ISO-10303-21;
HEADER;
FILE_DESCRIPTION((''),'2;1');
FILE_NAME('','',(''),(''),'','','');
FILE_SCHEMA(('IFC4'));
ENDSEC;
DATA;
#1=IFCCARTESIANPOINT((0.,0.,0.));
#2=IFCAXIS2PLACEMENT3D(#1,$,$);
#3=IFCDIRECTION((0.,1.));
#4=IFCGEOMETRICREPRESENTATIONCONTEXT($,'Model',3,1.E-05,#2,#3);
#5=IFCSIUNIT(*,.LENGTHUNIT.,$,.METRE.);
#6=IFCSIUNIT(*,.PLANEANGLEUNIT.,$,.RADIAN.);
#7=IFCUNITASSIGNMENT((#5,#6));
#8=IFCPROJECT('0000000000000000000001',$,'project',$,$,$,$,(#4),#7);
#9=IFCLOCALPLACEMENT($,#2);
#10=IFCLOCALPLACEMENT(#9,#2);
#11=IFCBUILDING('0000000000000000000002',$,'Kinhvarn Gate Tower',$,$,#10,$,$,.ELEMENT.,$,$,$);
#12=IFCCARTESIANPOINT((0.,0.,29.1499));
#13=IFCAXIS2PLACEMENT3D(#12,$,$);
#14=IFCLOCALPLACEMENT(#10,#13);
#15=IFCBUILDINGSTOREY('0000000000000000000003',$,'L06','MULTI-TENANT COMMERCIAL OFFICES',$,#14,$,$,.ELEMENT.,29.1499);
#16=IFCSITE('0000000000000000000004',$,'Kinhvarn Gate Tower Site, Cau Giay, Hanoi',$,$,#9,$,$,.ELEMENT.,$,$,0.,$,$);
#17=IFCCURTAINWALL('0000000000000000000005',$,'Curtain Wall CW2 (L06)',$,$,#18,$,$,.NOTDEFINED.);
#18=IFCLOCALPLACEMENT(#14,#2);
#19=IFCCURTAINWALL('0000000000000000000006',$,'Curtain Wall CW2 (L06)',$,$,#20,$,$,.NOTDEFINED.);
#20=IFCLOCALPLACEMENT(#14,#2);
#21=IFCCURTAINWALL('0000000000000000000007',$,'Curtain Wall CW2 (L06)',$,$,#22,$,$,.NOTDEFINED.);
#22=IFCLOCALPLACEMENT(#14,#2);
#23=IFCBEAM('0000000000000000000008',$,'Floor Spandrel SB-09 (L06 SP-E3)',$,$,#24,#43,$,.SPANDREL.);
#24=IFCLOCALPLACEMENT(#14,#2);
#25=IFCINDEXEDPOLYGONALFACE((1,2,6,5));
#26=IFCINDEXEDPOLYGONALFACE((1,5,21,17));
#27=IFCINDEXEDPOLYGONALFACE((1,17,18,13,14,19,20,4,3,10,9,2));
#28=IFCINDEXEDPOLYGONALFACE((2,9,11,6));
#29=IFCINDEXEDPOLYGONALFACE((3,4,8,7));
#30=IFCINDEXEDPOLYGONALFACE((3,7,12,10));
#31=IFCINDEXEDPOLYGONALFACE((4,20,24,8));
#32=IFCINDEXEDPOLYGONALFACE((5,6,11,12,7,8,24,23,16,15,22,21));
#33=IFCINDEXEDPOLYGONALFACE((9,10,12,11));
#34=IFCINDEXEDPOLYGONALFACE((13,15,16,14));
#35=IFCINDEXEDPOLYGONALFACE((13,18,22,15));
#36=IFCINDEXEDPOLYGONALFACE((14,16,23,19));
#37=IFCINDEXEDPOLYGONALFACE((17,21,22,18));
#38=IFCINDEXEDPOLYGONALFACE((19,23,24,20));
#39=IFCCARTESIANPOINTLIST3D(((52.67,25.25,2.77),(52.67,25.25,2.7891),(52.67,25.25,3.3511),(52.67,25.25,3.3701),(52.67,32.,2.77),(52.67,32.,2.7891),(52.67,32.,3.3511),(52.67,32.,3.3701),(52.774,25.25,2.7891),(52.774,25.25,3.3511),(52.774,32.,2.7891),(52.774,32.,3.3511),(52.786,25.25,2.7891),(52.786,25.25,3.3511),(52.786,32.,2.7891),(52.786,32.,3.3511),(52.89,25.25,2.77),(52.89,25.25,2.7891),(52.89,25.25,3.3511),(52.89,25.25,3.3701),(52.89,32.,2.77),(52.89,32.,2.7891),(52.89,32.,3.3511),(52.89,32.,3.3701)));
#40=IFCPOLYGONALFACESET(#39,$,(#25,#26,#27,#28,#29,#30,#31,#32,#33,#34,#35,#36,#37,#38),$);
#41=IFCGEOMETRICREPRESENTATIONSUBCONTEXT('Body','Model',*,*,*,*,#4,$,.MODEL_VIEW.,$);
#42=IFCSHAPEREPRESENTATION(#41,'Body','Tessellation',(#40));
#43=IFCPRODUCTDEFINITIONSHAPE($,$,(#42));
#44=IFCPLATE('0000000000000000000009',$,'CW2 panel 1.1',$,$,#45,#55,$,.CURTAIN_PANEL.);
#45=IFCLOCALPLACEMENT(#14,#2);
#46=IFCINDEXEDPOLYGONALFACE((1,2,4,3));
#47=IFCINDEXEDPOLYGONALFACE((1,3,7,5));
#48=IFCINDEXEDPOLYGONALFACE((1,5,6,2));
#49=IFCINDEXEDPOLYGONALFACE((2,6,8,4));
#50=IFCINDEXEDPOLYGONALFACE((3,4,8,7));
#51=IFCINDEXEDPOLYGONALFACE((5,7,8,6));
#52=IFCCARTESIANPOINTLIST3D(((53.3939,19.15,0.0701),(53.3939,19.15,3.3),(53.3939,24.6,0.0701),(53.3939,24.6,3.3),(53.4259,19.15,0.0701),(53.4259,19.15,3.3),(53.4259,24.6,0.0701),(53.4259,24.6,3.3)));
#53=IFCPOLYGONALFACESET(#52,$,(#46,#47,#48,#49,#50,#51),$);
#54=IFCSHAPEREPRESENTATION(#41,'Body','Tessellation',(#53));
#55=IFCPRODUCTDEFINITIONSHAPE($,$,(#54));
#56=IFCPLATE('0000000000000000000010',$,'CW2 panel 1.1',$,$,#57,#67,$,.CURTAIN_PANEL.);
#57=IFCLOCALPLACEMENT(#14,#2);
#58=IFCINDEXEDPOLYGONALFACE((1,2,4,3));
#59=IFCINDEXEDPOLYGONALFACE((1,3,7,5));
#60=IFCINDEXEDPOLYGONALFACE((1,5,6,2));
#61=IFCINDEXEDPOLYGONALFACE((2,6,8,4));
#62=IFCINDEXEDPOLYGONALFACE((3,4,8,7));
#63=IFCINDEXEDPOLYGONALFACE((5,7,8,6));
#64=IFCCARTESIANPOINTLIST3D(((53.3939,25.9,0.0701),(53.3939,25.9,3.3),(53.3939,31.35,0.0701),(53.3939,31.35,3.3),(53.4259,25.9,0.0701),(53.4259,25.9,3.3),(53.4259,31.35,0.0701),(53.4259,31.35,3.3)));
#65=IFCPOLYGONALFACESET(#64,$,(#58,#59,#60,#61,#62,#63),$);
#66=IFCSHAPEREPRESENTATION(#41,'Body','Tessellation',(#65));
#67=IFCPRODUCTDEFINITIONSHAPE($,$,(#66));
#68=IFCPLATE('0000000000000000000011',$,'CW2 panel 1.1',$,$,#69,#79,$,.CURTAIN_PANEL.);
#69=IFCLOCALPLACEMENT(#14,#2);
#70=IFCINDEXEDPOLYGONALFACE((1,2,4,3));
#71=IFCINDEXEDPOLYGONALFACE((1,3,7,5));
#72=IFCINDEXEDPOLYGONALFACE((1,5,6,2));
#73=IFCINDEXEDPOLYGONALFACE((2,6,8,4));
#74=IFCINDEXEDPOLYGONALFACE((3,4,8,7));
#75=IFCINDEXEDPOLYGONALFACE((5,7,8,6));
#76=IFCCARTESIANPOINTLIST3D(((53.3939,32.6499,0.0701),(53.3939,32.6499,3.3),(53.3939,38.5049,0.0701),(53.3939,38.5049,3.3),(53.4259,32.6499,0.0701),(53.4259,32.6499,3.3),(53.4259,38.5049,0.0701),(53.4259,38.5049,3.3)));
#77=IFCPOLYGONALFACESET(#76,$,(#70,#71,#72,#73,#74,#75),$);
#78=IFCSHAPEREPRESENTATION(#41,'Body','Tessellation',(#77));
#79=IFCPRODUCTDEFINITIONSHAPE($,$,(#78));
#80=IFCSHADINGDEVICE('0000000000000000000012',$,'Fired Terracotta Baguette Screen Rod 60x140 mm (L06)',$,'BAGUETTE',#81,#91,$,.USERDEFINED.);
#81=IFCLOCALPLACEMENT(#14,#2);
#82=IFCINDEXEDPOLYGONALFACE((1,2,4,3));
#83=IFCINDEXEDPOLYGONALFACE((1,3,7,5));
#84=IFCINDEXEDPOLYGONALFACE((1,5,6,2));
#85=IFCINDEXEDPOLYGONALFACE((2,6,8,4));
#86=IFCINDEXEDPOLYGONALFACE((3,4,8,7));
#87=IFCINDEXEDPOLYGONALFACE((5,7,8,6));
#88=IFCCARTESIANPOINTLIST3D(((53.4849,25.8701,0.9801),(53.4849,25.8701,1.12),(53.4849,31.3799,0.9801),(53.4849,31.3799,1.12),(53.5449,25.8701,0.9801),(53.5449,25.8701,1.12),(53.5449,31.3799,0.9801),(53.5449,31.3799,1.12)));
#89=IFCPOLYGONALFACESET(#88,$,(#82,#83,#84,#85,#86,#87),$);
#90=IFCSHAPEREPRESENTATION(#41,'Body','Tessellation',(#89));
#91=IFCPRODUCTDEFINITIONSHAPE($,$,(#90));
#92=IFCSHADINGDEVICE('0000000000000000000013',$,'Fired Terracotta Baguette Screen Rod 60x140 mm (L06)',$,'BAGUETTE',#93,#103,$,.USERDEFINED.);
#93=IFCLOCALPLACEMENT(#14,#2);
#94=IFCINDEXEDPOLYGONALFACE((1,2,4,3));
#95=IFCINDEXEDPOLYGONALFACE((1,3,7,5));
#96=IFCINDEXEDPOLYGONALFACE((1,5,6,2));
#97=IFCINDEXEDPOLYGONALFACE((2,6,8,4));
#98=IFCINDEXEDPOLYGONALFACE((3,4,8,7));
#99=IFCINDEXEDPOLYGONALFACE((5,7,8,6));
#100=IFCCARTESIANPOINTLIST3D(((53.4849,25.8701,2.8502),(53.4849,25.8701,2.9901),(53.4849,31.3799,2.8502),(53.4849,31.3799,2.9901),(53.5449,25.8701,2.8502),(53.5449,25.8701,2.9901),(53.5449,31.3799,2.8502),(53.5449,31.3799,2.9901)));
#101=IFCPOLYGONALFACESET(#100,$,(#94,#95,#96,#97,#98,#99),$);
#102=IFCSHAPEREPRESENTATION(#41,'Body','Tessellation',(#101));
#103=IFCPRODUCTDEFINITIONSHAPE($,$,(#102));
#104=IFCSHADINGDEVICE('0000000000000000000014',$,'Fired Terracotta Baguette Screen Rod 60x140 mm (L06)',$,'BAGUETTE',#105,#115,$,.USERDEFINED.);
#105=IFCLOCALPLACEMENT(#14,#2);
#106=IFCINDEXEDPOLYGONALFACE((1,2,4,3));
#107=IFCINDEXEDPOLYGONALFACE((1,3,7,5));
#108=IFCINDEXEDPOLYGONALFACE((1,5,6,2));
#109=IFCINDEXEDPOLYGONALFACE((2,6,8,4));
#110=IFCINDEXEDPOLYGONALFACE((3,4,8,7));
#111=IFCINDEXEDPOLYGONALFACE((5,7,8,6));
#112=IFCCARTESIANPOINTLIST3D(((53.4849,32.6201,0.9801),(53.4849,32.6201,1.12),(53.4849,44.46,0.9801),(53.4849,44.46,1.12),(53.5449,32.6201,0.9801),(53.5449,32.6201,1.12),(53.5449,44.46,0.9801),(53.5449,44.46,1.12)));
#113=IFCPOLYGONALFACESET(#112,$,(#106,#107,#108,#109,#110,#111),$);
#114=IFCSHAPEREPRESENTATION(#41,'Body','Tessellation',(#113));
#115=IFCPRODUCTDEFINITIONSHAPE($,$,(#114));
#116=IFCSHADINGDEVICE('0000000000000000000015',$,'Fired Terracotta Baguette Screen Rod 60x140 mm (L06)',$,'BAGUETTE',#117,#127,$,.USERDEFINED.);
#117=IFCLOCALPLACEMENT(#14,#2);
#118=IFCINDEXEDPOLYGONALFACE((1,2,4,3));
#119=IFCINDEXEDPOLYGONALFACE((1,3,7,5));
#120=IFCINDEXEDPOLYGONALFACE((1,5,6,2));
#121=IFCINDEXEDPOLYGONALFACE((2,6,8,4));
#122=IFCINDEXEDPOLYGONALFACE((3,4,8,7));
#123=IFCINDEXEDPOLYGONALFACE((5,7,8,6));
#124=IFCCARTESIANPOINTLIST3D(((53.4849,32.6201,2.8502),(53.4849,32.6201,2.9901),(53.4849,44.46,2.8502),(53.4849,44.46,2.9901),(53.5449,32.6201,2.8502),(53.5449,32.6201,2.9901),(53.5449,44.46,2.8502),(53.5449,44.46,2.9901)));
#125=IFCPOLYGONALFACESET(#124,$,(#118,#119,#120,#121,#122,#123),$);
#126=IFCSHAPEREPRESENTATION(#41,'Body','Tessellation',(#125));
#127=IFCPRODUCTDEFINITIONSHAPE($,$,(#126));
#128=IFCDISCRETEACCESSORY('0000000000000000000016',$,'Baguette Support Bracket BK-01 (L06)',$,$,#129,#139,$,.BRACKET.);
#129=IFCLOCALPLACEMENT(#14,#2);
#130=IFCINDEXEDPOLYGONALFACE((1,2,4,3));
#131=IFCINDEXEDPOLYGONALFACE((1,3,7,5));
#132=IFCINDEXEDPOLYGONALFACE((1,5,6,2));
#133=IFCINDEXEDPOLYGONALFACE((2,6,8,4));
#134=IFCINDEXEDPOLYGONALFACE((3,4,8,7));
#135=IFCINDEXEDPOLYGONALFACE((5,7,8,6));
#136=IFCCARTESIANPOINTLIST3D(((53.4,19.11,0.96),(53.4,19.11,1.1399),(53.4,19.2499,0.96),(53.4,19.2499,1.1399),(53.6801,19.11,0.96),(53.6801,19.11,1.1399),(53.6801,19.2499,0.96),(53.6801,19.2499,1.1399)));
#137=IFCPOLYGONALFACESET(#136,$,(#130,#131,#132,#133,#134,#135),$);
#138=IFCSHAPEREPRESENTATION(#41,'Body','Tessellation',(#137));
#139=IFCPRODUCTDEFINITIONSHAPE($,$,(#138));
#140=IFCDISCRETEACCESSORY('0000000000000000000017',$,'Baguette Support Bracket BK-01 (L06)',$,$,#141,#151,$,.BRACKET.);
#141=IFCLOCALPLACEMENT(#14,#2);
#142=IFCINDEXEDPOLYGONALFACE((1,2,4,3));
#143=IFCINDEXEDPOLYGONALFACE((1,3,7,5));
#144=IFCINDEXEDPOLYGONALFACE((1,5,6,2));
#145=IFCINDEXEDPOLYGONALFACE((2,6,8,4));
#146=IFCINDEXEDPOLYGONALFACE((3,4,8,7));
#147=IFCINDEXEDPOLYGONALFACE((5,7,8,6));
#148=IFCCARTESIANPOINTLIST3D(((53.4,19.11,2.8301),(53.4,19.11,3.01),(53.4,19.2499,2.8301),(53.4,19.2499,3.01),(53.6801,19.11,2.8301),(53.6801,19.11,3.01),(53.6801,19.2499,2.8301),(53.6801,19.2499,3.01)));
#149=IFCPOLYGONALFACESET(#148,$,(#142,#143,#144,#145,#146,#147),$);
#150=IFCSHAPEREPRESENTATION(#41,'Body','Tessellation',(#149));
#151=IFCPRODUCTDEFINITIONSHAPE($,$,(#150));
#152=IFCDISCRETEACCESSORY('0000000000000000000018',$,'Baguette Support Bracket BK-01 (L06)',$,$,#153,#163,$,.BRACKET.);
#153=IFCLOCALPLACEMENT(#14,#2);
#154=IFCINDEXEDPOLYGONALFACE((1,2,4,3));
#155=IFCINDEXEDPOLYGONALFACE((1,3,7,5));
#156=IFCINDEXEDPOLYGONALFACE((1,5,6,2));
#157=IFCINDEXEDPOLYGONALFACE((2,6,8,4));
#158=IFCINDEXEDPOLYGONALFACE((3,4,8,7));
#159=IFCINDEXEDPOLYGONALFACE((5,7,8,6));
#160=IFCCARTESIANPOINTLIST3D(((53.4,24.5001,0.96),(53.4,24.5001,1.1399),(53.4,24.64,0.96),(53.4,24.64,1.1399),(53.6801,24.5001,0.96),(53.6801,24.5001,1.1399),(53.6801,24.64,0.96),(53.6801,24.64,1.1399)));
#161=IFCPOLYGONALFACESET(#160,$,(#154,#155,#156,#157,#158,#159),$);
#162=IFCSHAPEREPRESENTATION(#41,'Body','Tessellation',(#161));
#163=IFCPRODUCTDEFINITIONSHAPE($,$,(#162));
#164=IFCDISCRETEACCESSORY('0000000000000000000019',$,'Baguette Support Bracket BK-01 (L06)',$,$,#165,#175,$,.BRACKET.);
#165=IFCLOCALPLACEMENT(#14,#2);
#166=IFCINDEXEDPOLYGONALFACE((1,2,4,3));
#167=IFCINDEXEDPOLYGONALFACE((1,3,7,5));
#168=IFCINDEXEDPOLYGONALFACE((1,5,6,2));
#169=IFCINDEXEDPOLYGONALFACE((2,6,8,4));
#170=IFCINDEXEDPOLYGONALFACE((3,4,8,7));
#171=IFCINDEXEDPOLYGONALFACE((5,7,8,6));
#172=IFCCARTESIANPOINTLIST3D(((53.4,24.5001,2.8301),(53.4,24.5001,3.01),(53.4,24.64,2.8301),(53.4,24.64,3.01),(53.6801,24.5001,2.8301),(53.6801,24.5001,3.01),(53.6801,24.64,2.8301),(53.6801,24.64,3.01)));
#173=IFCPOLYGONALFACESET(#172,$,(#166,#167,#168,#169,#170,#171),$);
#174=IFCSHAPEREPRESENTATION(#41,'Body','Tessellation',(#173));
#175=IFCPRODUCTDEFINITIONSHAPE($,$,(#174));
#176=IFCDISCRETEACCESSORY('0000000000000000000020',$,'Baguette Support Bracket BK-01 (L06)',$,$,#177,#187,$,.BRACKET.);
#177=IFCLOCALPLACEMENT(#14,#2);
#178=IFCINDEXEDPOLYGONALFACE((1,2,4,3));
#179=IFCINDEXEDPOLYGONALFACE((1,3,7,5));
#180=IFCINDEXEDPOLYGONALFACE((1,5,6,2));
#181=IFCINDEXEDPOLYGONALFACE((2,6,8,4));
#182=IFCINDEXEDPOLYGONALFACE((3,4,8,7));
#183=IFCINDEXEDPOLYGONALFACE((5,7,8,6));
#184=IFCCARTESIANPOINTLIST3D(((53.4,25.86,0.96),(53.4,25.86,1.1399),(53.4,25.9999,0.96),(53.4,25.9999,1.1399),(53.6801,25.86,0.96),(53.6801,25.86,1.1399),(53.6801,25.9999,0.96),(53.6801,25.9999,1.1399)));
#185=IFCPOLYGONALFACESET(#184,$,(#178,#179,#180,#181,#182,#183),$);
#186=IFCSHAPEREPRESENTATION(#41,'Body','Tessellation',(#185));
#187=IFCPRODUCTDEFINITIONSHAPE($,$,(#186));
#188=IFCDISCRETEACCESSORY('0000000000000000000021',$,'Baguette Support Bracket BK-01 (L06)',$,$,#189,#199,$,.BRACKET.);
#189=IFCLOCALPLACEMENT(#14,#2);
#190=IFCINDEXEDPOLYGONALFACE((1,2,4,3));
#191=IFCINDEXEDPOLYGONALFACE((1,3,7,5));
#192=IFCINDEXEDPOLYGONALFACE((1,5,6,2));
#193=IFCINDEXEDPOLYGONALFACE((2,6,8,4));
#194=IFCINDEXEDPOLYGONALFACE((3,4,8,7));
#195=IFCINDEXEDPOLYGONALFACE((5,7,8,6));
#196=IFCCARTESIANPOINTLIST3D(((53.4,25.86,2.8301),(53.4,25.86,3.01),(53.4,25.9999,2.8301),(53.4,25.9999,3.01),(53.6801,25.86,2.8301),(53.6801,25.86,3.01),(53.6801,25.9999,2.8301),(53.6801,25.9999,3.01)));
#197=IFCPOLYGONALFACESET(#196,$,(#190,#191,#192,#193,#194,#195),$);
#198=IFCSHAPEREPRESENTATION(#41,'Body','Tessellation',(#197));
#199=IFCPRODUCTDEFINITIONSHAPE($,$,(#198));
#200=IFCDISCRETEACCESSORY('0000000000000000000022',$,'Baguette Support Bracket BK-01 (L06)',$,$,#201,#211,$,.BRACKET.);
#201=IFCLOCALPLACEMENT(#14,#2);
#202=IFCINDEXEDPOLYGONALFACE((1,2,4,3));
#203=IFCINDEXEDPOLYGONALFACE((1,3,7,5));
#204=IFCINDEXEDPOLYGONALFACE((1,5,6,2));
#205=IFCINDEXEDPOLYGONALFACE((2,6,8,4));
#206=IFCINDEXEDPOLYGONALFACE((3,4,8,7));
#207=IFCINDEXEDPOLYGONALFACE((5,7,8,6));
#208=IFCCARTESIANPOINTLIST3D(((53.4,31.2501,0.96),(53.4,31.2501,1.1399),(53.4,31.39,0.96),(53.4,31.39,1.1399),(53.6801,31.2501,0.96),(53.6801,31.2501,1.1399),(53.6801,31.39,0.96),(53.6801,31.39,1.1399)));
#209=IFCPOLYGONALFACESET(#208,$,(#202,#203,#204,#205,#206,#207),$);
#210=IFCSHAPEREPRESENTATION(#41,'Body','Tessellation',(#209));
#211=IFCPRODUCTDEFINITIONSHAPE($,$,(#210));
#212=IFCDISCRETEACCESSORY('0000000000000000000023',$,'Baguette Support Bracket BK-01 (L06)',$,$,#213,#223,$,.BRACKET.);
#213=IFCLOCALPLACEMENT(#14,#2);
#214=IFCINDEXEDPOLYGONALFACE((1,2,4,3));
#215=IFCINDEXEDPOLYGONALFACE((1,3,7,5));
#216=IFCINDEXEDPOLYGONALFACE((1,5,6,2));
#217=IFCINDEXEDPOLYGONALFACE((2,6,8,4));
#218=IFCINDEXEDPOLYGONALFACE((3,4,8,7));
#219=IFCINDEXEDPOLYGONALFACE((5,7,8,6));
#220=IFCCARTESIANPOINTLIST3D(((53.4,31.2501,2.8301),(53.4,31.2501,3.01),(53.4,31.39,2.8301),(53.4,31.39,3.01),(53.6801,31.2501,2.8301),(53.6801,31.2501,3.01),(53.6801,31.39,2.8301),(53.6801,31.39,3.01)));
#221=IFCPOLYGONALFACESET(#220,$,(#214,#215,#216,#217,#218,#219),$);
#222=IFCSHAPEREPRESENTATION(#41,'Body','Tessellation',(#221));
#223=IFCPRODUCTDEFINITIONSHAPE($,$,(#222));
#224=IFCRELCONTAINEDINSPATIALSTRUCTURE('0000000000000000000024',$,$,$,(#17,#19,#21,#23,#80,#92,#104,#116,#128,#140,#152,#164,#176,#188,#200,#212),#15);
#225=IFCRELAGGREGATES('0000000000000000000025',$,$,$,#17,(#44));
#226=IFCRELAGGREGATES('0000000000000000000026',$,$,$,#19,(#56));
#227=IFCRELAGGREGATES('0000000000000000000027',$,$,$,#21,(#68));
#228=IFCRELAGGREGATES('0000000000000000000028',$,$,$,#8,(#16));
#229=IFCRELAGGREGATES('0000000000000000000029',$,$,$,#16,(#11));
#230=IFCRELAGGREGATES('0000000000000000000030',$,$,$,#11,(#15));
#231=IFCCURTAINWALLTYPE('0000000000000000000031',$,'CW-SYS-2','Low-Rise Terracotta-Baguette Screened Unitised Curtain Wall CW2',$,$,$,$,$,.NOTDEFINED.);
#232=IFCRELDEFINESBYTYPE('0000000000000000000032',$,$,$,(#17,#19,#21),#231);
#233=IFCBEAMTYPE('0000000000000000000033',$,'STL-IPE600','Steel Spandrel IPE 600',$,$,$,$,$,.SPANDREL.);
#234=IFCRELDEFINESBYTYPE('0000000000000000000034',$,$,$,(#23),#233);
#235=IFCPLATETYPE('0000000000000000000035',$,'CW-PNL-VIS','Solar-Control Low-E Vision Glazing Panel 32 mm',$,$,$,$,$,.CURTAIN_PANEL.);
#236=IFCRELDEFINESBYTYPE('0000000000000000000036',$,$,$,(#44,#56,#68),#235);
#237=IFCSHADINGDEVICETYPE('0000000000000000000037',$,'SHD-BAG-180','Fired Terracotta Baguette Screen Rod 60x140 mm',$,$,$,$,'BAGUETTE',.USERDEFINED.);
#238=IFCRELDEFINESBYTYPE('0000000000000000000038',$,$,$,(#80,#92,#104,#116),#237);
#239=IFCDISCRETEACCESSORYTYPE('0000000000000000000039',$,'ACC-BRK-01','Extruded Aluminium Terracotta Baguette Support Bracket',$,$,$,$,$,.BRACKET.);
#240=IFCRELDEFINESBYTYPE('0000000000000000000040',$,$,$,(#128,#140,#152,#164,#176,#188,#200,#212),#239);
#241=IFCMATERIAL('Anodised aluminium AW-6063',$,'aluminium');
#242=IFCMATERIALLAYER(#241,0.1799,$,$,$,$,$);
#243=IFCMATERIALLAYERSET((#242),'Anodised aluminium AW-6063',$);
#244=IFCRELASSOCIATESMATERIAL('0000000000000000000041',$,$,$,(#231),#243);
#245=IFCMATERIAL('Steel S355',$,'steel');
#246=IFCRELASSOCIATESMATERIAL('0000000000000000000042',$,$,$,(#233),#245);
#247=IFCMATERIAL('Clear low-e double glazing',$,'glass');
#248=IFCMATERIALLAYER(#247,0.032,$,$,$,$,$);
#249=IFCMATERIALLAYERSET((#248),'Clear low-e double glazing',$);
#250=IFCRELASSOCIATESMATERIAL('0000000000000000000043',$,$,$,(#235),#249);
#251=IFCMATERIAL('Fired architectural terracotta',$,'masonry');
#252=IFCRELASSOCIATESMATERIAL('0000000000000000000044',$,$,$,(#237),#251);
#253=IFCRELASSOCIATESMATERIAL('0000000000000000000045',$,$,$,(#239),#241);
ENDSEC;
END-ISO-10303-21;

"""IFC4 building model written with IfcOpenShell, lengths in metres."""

from ifc_helpers import new_model, si_unit, direction, frame, origin, origin_2d, place, context, subcontext, project, spatial, rectangle, i_section, extrude, material, layer, layer_set, material_profile, profile_set, type_object, element, aggregate, save


model = new_model("IFC4")

# Units and contexts
model_context = context("Model", 3, precision=1e-05, world=origin(), true_north=direction((0.0, 1.0)))
body_context = subcontext(model_context, "Body", "Model", "MODEL_VIEW")
ifc_project = project(units=[si_unit("LENGTHUNIT", "METRE"), si_unit("PLANEANGLEUNIT", "RADIAN")], contexts=[model_context])

# Site, building, storey
site_placement = place(None, origin())
site = spatial("IfcSite", under=ifc_project, at=site_placement, Name="Kinhvarn Gate Tower Site, Cau Giay, Hanoi", CompositionType="ELEMENT", RefElevation=0.0)
building_placement = place(site_placement, origin())
building = spatial("IfcBuilding", under=site, at=building_placement, Name="Kinhvarn Gate Tower", CompositionType="ELEMENT")
storey_placement = place(building_placement, frame((0.0, 0.0, 29.1499)))
storey = spatial("IfcBuildingStorey", under=building, at=storey_placement, Name="L06", Description="MULTI-TENANT COMMERCIAL OFFICES", CompositionType="ELEMENT", Elevation=29.1499)

# Curtain wall
ifc_material_1 = material(Name="Anodised aluminium AW-6063", Category="aluminium")
ifc_layer_1 = layer(ifc_material_1, 0.1799)
ifc_layer_set_1 = layer_set([ifc_layer_1], Name="Anodised aluminium AW-6063")
curtain_wall_type = type_object("IfcCurtainWallType", Name="CW-SYS-2", Description="Low-Rise Terracotta-Baguette Screened Unitised Curtain Wall CW2", PredefinedType="NOTDEFINED", material=ifc_layer_set_1)
curtain_wall_1_placement = place(storey_placement, origin())
curtain_wall_1 = element("IfcCurtainWall", 1, at=curtain_wall_1_placement, inside=storey, type_object=curtain_wall_type, Name="Curtain Wall CW2 (L06)", PredefinedType="NOTDEFINED")

# Curtain wall
curtain_wall_2_placement = place(storey_placement, origin())
curtain_wall_2 = element("IfcCurtainWall", 2, at=curtain_wall_2_placement, inside=storey, type_object=curtain_wall_type, Name="Curtain Wall CW2 (L06)", PredefinedType="NOTDEFINED")

# Curtain wall
curtain_wall_3_placement = place(storey_placement, origin())
curtain_wall_3 = element("IfcCurtainWall", 3, at=curtain_wall_3_placement, inside=storey, type_object=curtain_wall_type, Name="Curtain Wall CW2 (L06)", PredefinedType="NOTDEFINED")

# Beam
ifc_material_2 = material(Name="Steel S355", Category="steel")
ifc_material_profile_1 = material_profile(ifc_material_2, i_section(OverallWidth=0.22, OverallDepth=0.6001, WebThickness=0.012, FlangeThickness=0.019, at=origin_2d()), Name="IPE 600")
ifc_profile_set_1 = profile_set([ifc_material_profile_1], Name="Steel S355")
beam_type_1 = type_object("IfcBeamType", Name="STL-IPE600", Description="Steel Spandrel IPE 600", PredefinedType="SPANDREL", material=ifc_profile_set_1)
beam_placement = place(storey_placement, frame((52.78, 25.25, 3.0701), z_axis=(0.0, 1.0, 0.0), x_axis=(-1.0, 0.0, 0.0)))
element("IfcBeam", 4, at=beam_placement, inside=storey, type_object=beam_type_1, Name="Floor Spandrel SB-09 (L06 SP-E3)", PredefinedType="SPANDREL", context=body_context, shape_type="SweptSolid", body=[
    extrude(i_section(OverallWidth=0.22, OverallDepth=0.6001, WebThickness=0.012, FlangeThickness=0.019, at=origin_2d()), origin(), (0.0, 0.0, 1.0), 6.75),
])

# Plates
ifc_material_3 = material(Name="Clear low-e double glazing", Category="glass")
ifc_layer_2 = layer(ifc_material_3, 0.032)
ifc_layer_set_2 = layer_set([ifc_layer_2], Name="Clear low-e double glazing")
plate_type = type_object("IfcPlateType", Name="CW-PNL-VIS", Description="Solar-Control Low-E Vision Glazing Panel 32 mm", PredefinedType="CURTAIN_PANEL", material=ifc_layer_set_2)
plate_1_placement = place(storey_placement, frame((53.4099, 21.875, 0.0701), z_axis=(0.0, 0.0, 1.0), x_axis=(0.0, 1.0, 0.0)))
plate_1 = element("IfcPlate", 5, at=plate_1_placement, type_object=plate_type, Name="CW2 panel 1.1", PredefinedType="CURTAIN_PANEL", context=body_context, shape_type="SweptSolid", body=[
    extrude(rectangle(XDim=5.45, YDim=0.032, at=origin_2d()), origin(), (0.0, 0.0, 1.0), 3.23),
])
aggregate(curtain_wall_1, [plate_1])
plate_2_placement = place(storey_placement, frame((53.4099, 28.625, 0.0701), z_axis=(0.0, 0.0, 1.0), x_axis=(0.0, 1.0, 0.0)))
plate_2 = element("IfcPlate", 6, at=plate_2_placement, type_object=plate_type, Name="CW2 panel 1.1", PredefinedType="CURTAIN_PANEL", context=body_context, shape_type="SweptSolid", body=[
    extrude(rectangle(XDim=5.45, YDim=0.032, at=origin_2d()), origin(), (0.0, 0.0, 1.0), 3.23),
])
aggregate(curtain_wall_2, [plate_2])
plate_3_placement = place(storey_placement, frame((53.4099, 35.5774, 0.0701), z_axis=(0.0, 0.0, 1.0), x_axis=(0.0, 1.0, 0.0)))
plate_3 = element("IfcPlate", 7, at=plate_3_placement, type_object=plate_type, Name="CW2 panel 1.1", PredefinedType="CURTAIN_PANEL", context=body_context, shape_type="SweptSolid", body=[
    extrude(rectangle(XDim=5.855, YDim=0.032, at=origin_2d()), origin(), (0.0, 0.0, 1.0), 3.23),
])
aggregate(curtain_wall_3, [plate_3])

# Shading devices
ifc_material_4 = material(Name="Fired architectural terracotta", Category="masonry")
ifc_material_profile_2 = material_profile(ifc_material_4, rectangle(XDim=0.0601, YDim=0.1399, at=origin_2d()), Name="TC 60x140")
ifc_profile_set_2 = profile_set([ifc_material_profile_2], Name="Fired architectural terracotta")
shading_device_type = type_object("IfcShadingDeviceType", Name="SHD-BAG-180", Description="Fired Terracotta Baguette Screen Rod 60x140 mm", ElementType="BAGUETTE", PredefinedType="USERDEFINED", material=ifc_profile_set_2)
for number, where, z_axis, x_axis, name in (
    (8, (53.5149, 25.8701, 1.05), (0.0, 1.0, 0.0), (-1.0, 0.0, 0.0), "Fired Terracotta Baguette Screen Rod 60x140 mm (L06)"),
    (9, (53.5149, 25.8701, 2.9202), (0.0, 1.0, 0.0), (-1.0, 0.0, 0.0), "Fired Terracotta Baguette Screen Rod 60x140 mm (L06)"),
):
    element("IfcShadingDevice", number, at=place(storey_placement, frame(where, z_axis=z_axis, x_axis=x_axis)), inside=storey, type_object=shading_device_type, Name=name, ObjectType="BAGUETTE", PredefinedType="USERDEFINED", context=body_context, shape_type="SweptSolid", body=[
        extrude(rectangle(XDim=0.0601, YDim=0.1399, at=origin_2d()), origin(), (0.0, 0.0, 1.0), 5.5098),
    ])
for number, where, z_axis, x_axis, name in (
    (10, (53.5149, 32.6201, 1.05), (0.0, 1.0, 0.0), (-1.0, 0.0, 0.0), "Fired Terracotta Baguette Screen Rod 60x140 mm (L06)"),
    (11, (53.5149, 32.6201, 2.9202), (0.0, 1.0, 0.0), (-1.0, 0.0, 0.0), "Fired Terracotta Baguette Screen Rod 60x140 mm (L06)"),
):
    element("IfcShadingDevice", number, at=place(storey_placement, frame(where, z_axis=z_axis, x_axis=x_axis)), inside=storey, type_object=shading_device_type, Name=name, ObjectType="BAGUETTE", PredefinedType="USERDEFINED", context=body_context, shape_type="SweptSolid", body=[
        extrude(rectangle(XDim=0.0601, YDim=0.1399, at=origin_2d()), origin(), (0.0, 0.0, 1.0), 11.8398),
    ])

# Discrete accessories
discrete_accessory_type = type_object("IfcDiscreteAccessoryType", Name="ACC-BRK-01", Description="Extruded Aluminium Terracotta Baguette Support Bracket", PredefinedType="BRACKET", material=ifc_material_1)
for number, where, z_axis, x_axis, name in (
    (12, (53.54, 19.1799, 0.96), (0.0, 0.0, 1.0), (0.0, 1.0, 0.0), "Baguette Support Bracket BK-01 (L06)"),
    (13, (53.54, 19.1799, 2.8301), (0.0, 0.0, 1.0), (0.0, 1.0, 0.0), "Baguette Support Bracket BK-01 (L06)"),
    (14, (53.54, 24.5701, 0.96), (0.0, 0.0, 1.0), (0.0, 1.0, 0.0), "Baguette Support Bracket BK-01 (L06)"),
    (15, (53.54, 24.5701, 2.8301), (0.0, 0.0, 1.0), (0.0, 1.0, 0.0), "Baguette Support Bracket BK-01 (L06)"),
    (16, (53.54, 25.9299, 0.96), (0.0, 0.0, 1.0), (0.0, 1.0, 0.0), "Baguette Support Bracket BK-01 (L06)"),
    (17, (53.54, 25.9299, 2.8301), (0.0, 0.0, 1.0), (0.0, 1.0, 0.0), "Baguette Support Bracket BK-01 (L06)"),
    (18, (53.54, 31.3201, 0.96), (0.0, 0.0, 1.0), (0.0, 1.0, 0.0), "Baguette Support Bracket BK-01 (L06)"),
    (19, (53.54, 31.3201, 2.8301), (0.0, 0.0, 1.0), (0.0, 1.0, 0.0), "Baguette Support Bracket BK-01 (L06)"),
):
    element("IfcDiscreteAccessory", number, at=place(storey_placement, frame(where, z_axis=z_axis, x_axis=x_axis)), inside=storey, type_object=discrete_accessory_type, Name=name, PredefinedType="BRACKET", context=body_context, shape_type="SweptSolid", body=[
        extrude(rectangle(XDim=0.1399, YDim=0.28, at=origin_2d()), origin(), (0.0, 0.0, 1.0), 0.1799),
    ])

save(model, "model.ifc")
